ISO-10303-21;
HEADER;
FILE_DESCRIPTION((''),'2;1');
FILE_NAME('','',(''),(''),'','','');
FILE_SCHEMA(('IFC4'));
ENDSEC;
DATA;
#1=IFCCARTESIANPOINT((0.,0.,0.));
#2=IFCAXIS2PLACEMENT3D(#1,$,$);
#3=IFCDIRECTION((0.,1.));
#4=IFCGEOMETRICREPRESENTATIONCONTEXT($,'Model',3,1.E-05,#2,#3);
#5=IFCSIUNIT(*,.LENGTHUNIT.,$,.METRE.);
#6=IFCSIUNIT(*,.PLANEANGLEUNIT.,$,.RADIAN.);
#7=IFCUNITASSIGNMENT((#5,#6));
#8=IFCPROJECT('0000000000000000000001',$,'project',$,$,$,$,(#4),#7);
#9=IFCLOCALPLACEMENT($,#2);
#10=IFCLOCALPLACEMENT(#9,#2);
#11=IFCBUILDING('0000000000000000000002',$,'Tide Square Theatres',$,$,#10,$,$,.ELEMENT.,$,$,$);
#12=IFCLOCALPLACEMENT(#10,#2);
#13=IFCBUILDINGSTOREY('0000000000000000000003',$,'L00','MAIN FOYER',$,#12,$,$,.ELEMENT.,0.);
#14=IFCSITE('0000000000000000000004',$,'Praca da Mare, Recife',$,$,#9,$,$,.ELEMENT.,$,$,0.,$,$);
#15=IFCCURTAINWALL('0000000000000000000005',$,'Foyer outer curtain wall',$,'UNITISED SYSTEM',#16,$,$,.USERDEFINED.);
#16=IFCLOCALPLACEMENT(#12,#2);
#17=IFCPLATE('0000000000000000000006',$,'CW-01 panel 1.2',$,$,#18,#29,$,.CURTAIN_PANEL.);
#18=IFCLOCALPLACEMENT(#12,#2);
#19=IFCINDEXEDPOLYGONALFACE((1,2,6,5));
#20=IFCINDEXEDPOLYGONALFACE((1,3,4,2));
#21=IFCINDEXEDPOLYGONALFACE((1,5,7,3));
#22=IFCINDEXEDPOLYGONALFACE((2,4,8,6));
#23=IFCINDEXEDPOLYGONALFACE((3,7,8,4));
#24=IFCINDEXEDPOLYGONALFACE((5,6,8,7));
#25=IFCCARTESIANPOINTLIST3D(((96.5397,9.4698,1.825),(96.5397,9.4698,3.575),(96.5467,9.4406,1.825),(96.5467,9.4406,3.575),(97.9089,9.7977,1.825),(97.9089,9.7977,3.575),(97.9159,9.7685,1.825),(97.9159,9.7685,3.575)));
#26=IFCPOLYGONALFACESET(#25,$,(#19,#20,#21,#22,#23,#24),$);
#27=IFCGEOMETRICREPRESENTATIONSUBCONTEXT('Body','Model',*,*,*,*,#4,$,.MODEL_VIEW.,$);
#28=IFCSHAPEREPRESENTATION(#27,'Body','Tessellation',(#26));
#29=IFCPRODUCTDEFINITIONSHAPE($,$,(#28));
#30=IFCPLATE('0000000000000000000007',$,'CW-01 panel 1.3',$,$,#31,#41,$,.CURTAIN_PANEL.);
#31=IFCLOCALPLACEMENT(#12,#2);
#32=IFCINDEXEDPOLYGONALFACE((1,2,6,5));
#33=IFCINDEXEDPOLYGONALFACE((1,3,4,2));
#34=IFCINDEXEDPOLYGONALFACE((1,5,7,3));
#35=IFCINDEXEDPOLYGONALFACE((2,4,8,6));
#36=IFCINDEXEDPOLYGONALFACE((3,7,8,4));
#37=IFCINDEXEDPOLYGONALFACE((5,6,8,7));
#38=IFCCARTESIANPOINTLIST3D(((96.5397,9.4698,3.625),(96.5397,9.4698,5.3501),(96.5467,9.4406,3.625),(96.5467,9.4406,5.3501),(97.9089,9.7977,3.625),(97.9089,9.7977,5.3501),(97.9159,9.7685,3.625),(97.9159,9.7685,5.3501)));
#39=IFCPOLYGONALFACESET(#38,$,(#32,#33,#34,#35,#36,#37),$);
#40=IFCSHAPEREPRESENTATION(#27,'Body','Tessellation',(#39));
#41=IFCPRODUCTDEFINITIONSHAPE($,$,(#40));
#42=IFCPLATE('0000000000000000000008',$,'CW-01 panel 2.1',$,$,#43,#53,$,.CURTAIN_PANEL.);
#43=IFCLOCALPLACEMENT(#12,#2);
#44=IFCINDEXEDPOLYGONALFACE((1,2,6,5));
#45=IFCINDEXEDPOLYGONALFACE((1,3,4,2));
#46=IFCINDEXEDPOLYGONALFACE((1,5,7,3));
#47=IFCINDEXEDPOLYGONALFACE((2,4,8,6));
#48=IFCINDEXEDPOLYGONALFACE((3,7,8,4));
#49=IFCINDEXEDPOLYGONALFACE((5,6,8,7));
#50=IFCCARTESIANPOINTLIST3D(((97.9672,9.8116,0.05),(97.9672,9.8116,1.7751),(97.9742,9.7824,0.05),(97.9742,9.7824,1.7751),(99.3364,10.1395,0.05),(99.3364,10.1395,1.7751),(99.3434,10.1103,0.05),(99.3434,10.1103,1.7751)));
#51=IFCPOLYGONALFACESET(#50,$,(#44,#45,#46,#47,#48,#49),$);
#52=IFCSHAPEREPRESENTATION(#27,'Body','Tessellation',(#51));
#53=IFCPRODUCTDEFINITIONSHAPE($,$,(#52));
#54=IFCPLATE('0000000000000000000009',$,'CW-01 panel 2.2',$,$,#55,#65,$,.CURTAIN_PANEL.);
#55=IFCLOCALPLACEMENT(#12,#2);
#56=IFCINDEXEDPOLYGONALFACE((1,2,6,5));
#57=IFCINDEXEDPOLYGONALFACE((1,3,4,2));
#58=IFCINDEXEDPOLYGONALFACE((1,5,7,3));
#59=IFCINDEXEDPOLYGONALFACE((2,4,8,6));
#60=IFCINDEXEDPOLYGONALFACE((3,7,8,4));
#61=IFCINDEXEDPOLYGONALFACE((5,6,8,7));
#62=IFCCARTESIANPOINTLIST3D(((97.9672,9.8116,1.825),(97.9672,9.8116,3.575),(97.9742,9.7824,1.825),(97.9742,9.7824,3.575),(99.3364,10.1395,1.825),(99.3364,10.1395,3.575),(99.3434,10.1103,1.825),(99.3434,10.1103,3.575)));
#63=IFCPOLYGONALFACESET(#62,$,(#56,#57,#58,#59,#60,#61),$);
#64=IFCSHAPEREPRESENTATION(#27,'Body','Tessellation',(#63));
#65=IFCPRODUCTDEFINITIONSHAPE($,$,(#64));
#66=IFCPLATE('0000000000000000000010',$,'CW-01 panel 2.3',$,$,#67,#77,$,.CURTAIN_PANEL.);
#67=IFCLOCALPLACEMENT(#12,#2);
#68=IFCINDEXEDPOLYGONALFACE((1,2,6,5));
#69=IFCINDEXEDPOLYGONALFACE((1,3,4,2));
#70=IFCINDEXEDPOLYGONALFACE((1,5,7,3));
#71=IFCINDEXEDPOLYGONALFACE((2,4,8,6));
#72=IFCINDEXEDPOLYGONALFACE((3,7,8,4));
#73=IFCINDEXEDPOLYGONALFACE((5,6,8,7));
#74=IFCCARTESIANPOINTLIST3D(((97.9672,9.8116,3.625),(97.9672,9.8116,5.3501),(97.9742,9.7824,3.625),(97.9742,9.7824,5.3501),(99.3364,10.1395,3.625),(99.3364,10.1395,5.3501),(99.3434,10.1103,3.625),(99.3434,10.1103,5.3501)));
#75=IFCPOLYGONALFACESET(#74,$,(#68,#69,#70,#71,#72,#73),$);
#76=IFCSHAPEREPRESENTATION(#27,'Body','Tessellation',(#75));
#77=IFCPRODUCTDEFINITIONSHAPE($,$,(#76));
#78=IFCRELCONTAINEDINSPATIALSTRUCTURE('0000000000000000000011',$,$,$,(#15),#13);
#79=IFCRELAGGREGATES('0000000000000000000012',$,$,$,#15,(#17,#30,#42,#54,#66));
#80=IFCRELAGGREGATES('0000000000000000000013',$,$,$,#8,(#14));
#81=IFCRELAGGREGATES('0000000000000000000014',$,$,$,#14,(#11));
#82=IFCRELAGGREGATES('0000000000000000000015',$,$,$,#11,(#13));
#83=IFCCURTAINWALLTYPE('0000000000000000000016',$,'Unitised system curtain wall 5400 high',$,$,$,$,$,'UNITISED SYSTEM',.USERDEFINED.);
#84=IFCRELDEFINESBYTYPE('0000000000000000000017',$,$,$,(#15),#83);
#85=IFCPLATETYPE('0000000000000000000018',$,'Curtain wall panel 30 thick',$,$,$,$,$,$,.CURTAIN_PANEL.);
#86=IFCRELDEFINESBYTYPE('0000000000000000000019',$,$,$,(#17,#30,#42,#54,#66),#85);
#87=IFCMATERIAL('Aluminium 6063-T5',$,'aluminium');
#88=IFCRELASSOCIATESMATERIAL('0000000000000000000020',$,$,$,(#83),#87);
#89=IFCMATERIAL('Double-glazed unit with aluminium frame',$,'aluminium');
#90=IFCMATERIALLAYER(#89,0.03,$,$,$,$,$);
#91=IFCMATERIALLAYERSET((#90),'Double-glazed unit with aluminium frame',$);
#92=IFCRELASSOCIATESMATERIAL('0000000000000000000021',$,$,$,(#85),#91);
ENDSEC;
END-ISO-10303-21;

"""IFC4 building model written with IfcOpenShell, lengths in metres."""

from ifc_helpers import new_model, si_unit, direction, frame, origin, origin_2d, place, context, subcontext, project, spatial, rectangle, extrude, material, layer, layer_set, type_object, element, aggregate, save


model = new_model("IFC4")

# Units and contexts
model_context = context("Model", 3, precision=1e-05, world=origin(), true_north=direction((0.0, 1.0)))
body_context = subcontext(model_context, "Body", "Model", "MODEL_VIEW")
ifc_project = project(units=[si_unit("LENGTHUNIT", "METRE"), si_unit("PLANEANGLEUNIT", "RADIAN")], contexts=[model_context])

# Site, building, storey
site_placement = place(None, origin())
site = spatial("IfcSite", under=ifc_project, at=site_placement, Name="Praca da Mare, Recife", CompositionType="ELEMENT", RefElevation=0.0)
building_placement = place(site_placement, origin())
building = spatial("IfcBuilding", under=site, at=building_placement, Name="Tide Square Theatres", CompositionType="ELEMENT")
storey_placement = place(building_placement, origin())
storey = spatial("IfcBuildingStorey", under=building, at=storey_placement, Name="L00", Description="MAIN FOYER", CompositionType="ELEMENT", Elevation=0.0)

# Curtain wall
ifc_material_1 = material(Name="Aluminium 6063-T5", Category="aluminium")
curtain_wall_type = type_object("IfcCurtainWallType", Name="Unitised system curtain wall 5400 high", ElementType="UNITISED SYSTEM", PredefinedType="USERDEFINED", material=ifc_material_1)
curtain_wall_1_placement = place(storey_placement, origin())
curtain_wall_1 = element("IfcCurtainWall", 1, at=curtain_wall_1_placement, inside=storey, type_object=curtain_wall_type, Name="Foyer outer curtain wall", ObjectType="UNITISED SYSTEM", PredefinedType="USERDEFINED")

# Plates
ifc_material_2 = material(Name="Double-glazed unit with aluminium frame", Category="aluminium")
ifc_layer = layer(ifc_material_2, 0.03)
ifc_layer_set = layer_set([ifc_layer], Name="Double-glazed unit with aluminium frame")
plate_type = type_object("IfcPlateType", Name="Curtain wall panel 30 thick", PredefinedType="CURTAIN_PANEL", material=ifc_layer_set)
plate_1_placement = place(storey_placement, frame((97.2278, 9.6191, 1.825), z_axis=(0.0, 0.0, 1.0), x_axis=(0.972498, 0.232911, 0.0)))
plate_1 = element("IfcPlate", 2, at=plate_1_placement, type_object=plate_type, Name="CW-01 panel 1.2", PredefinedType="CURTAIN_PANEL", context=body_context, shape_type="SweptSolid", body=[
    extrude(rectangle(XDim=1.408, YDim=0.03, at=origin_2d()), origin(), (0.0, 0.0, 1.0), 1.75),
])
plate_2_placement = place(storey_placement, frame((97.2278, 9.6191, 3.625), z_axis=(0.0, 0.0, 1.0), x_axis=(0.972498, 0.232911, 0.0)))
plate_2 = element("IfcPlate", 3, at=plate_2_placement, type_object=plate_type, Name="CW-01 panel 1.3", PredefinedType="CURTAIN_PANEL", context=body_context, shape_type="SweptSolid", body=[
    extrude(rectangle(XDim=1.408, YDim=0.03, at=origin_2d()), origin(), (0.0, 0.0, 1.0), 1.7251),
])
plate_3_placement = place(storey_placement, frame((98.6553, 9.9609, 0.05), z_axis=(0.0, 0.0, 1.0), x_axis=(0.972498, 0.232911, 0.0)))
plate_3 = element("IfcPlate", 4, at=plate_3_placement, type_object=plate_type, Name="CW-01 panel 2.1", PredefinedType="CURTAIN_PANEL", context=body_context, shape_type="SweptSolid", body=[
    extrude(rectangle(XDim=1.408, YDim=0.03, at=origin_2d()), origin(), (0.0, 0.0, 1.0), 1.7251),
])
plate_4_placement = place(storey_placement, frame((98.6553, 9.9609, 1.825), z_axis=(0.0, 0.0, 1.0), x_axis=(0.972498, 0.232911, 0.0)))
plate_4 = element("IfcPlate", 5, at=plate_4_placement, type_object=plate_type, Name="CW-01 panel 2.2", PredefinedType="CURTAIN_PANEL", context=body_context, shape_type="SweptSolid", body=[
    extrude(rectangle(XDim=1.408, YDim=0.03, at=origin_2d()), origin(), (0.0, 0.0, 1.0), 1.75),
])
plate_5_placement = place(storey_placement, frame((98.6553, 9.9609, 3.625), z_axis=(0.0, 0.0, 1.0), x_axis=(0.972498, 0.232911, 0.0)))
plate_5 = element("IfcPlate", 6, at=plate_5_placement, type_object=plate_type, Name="CW-01 panel 2.3", PredefinedType="CURTAIN_PANEL", context=body_context, shape_type="SweptSolid", body=[
    extrude(rectangle(XDim=1.408, YDim=0.03, at=origin_2d()), origin(), (0.0, 0.0, 1.0), 1.7251),
])
aggregate(curtain_wall_1, [plate_1, plate_2, plate_3, plate_4, plate_5])

save(model, "model.ifc")
